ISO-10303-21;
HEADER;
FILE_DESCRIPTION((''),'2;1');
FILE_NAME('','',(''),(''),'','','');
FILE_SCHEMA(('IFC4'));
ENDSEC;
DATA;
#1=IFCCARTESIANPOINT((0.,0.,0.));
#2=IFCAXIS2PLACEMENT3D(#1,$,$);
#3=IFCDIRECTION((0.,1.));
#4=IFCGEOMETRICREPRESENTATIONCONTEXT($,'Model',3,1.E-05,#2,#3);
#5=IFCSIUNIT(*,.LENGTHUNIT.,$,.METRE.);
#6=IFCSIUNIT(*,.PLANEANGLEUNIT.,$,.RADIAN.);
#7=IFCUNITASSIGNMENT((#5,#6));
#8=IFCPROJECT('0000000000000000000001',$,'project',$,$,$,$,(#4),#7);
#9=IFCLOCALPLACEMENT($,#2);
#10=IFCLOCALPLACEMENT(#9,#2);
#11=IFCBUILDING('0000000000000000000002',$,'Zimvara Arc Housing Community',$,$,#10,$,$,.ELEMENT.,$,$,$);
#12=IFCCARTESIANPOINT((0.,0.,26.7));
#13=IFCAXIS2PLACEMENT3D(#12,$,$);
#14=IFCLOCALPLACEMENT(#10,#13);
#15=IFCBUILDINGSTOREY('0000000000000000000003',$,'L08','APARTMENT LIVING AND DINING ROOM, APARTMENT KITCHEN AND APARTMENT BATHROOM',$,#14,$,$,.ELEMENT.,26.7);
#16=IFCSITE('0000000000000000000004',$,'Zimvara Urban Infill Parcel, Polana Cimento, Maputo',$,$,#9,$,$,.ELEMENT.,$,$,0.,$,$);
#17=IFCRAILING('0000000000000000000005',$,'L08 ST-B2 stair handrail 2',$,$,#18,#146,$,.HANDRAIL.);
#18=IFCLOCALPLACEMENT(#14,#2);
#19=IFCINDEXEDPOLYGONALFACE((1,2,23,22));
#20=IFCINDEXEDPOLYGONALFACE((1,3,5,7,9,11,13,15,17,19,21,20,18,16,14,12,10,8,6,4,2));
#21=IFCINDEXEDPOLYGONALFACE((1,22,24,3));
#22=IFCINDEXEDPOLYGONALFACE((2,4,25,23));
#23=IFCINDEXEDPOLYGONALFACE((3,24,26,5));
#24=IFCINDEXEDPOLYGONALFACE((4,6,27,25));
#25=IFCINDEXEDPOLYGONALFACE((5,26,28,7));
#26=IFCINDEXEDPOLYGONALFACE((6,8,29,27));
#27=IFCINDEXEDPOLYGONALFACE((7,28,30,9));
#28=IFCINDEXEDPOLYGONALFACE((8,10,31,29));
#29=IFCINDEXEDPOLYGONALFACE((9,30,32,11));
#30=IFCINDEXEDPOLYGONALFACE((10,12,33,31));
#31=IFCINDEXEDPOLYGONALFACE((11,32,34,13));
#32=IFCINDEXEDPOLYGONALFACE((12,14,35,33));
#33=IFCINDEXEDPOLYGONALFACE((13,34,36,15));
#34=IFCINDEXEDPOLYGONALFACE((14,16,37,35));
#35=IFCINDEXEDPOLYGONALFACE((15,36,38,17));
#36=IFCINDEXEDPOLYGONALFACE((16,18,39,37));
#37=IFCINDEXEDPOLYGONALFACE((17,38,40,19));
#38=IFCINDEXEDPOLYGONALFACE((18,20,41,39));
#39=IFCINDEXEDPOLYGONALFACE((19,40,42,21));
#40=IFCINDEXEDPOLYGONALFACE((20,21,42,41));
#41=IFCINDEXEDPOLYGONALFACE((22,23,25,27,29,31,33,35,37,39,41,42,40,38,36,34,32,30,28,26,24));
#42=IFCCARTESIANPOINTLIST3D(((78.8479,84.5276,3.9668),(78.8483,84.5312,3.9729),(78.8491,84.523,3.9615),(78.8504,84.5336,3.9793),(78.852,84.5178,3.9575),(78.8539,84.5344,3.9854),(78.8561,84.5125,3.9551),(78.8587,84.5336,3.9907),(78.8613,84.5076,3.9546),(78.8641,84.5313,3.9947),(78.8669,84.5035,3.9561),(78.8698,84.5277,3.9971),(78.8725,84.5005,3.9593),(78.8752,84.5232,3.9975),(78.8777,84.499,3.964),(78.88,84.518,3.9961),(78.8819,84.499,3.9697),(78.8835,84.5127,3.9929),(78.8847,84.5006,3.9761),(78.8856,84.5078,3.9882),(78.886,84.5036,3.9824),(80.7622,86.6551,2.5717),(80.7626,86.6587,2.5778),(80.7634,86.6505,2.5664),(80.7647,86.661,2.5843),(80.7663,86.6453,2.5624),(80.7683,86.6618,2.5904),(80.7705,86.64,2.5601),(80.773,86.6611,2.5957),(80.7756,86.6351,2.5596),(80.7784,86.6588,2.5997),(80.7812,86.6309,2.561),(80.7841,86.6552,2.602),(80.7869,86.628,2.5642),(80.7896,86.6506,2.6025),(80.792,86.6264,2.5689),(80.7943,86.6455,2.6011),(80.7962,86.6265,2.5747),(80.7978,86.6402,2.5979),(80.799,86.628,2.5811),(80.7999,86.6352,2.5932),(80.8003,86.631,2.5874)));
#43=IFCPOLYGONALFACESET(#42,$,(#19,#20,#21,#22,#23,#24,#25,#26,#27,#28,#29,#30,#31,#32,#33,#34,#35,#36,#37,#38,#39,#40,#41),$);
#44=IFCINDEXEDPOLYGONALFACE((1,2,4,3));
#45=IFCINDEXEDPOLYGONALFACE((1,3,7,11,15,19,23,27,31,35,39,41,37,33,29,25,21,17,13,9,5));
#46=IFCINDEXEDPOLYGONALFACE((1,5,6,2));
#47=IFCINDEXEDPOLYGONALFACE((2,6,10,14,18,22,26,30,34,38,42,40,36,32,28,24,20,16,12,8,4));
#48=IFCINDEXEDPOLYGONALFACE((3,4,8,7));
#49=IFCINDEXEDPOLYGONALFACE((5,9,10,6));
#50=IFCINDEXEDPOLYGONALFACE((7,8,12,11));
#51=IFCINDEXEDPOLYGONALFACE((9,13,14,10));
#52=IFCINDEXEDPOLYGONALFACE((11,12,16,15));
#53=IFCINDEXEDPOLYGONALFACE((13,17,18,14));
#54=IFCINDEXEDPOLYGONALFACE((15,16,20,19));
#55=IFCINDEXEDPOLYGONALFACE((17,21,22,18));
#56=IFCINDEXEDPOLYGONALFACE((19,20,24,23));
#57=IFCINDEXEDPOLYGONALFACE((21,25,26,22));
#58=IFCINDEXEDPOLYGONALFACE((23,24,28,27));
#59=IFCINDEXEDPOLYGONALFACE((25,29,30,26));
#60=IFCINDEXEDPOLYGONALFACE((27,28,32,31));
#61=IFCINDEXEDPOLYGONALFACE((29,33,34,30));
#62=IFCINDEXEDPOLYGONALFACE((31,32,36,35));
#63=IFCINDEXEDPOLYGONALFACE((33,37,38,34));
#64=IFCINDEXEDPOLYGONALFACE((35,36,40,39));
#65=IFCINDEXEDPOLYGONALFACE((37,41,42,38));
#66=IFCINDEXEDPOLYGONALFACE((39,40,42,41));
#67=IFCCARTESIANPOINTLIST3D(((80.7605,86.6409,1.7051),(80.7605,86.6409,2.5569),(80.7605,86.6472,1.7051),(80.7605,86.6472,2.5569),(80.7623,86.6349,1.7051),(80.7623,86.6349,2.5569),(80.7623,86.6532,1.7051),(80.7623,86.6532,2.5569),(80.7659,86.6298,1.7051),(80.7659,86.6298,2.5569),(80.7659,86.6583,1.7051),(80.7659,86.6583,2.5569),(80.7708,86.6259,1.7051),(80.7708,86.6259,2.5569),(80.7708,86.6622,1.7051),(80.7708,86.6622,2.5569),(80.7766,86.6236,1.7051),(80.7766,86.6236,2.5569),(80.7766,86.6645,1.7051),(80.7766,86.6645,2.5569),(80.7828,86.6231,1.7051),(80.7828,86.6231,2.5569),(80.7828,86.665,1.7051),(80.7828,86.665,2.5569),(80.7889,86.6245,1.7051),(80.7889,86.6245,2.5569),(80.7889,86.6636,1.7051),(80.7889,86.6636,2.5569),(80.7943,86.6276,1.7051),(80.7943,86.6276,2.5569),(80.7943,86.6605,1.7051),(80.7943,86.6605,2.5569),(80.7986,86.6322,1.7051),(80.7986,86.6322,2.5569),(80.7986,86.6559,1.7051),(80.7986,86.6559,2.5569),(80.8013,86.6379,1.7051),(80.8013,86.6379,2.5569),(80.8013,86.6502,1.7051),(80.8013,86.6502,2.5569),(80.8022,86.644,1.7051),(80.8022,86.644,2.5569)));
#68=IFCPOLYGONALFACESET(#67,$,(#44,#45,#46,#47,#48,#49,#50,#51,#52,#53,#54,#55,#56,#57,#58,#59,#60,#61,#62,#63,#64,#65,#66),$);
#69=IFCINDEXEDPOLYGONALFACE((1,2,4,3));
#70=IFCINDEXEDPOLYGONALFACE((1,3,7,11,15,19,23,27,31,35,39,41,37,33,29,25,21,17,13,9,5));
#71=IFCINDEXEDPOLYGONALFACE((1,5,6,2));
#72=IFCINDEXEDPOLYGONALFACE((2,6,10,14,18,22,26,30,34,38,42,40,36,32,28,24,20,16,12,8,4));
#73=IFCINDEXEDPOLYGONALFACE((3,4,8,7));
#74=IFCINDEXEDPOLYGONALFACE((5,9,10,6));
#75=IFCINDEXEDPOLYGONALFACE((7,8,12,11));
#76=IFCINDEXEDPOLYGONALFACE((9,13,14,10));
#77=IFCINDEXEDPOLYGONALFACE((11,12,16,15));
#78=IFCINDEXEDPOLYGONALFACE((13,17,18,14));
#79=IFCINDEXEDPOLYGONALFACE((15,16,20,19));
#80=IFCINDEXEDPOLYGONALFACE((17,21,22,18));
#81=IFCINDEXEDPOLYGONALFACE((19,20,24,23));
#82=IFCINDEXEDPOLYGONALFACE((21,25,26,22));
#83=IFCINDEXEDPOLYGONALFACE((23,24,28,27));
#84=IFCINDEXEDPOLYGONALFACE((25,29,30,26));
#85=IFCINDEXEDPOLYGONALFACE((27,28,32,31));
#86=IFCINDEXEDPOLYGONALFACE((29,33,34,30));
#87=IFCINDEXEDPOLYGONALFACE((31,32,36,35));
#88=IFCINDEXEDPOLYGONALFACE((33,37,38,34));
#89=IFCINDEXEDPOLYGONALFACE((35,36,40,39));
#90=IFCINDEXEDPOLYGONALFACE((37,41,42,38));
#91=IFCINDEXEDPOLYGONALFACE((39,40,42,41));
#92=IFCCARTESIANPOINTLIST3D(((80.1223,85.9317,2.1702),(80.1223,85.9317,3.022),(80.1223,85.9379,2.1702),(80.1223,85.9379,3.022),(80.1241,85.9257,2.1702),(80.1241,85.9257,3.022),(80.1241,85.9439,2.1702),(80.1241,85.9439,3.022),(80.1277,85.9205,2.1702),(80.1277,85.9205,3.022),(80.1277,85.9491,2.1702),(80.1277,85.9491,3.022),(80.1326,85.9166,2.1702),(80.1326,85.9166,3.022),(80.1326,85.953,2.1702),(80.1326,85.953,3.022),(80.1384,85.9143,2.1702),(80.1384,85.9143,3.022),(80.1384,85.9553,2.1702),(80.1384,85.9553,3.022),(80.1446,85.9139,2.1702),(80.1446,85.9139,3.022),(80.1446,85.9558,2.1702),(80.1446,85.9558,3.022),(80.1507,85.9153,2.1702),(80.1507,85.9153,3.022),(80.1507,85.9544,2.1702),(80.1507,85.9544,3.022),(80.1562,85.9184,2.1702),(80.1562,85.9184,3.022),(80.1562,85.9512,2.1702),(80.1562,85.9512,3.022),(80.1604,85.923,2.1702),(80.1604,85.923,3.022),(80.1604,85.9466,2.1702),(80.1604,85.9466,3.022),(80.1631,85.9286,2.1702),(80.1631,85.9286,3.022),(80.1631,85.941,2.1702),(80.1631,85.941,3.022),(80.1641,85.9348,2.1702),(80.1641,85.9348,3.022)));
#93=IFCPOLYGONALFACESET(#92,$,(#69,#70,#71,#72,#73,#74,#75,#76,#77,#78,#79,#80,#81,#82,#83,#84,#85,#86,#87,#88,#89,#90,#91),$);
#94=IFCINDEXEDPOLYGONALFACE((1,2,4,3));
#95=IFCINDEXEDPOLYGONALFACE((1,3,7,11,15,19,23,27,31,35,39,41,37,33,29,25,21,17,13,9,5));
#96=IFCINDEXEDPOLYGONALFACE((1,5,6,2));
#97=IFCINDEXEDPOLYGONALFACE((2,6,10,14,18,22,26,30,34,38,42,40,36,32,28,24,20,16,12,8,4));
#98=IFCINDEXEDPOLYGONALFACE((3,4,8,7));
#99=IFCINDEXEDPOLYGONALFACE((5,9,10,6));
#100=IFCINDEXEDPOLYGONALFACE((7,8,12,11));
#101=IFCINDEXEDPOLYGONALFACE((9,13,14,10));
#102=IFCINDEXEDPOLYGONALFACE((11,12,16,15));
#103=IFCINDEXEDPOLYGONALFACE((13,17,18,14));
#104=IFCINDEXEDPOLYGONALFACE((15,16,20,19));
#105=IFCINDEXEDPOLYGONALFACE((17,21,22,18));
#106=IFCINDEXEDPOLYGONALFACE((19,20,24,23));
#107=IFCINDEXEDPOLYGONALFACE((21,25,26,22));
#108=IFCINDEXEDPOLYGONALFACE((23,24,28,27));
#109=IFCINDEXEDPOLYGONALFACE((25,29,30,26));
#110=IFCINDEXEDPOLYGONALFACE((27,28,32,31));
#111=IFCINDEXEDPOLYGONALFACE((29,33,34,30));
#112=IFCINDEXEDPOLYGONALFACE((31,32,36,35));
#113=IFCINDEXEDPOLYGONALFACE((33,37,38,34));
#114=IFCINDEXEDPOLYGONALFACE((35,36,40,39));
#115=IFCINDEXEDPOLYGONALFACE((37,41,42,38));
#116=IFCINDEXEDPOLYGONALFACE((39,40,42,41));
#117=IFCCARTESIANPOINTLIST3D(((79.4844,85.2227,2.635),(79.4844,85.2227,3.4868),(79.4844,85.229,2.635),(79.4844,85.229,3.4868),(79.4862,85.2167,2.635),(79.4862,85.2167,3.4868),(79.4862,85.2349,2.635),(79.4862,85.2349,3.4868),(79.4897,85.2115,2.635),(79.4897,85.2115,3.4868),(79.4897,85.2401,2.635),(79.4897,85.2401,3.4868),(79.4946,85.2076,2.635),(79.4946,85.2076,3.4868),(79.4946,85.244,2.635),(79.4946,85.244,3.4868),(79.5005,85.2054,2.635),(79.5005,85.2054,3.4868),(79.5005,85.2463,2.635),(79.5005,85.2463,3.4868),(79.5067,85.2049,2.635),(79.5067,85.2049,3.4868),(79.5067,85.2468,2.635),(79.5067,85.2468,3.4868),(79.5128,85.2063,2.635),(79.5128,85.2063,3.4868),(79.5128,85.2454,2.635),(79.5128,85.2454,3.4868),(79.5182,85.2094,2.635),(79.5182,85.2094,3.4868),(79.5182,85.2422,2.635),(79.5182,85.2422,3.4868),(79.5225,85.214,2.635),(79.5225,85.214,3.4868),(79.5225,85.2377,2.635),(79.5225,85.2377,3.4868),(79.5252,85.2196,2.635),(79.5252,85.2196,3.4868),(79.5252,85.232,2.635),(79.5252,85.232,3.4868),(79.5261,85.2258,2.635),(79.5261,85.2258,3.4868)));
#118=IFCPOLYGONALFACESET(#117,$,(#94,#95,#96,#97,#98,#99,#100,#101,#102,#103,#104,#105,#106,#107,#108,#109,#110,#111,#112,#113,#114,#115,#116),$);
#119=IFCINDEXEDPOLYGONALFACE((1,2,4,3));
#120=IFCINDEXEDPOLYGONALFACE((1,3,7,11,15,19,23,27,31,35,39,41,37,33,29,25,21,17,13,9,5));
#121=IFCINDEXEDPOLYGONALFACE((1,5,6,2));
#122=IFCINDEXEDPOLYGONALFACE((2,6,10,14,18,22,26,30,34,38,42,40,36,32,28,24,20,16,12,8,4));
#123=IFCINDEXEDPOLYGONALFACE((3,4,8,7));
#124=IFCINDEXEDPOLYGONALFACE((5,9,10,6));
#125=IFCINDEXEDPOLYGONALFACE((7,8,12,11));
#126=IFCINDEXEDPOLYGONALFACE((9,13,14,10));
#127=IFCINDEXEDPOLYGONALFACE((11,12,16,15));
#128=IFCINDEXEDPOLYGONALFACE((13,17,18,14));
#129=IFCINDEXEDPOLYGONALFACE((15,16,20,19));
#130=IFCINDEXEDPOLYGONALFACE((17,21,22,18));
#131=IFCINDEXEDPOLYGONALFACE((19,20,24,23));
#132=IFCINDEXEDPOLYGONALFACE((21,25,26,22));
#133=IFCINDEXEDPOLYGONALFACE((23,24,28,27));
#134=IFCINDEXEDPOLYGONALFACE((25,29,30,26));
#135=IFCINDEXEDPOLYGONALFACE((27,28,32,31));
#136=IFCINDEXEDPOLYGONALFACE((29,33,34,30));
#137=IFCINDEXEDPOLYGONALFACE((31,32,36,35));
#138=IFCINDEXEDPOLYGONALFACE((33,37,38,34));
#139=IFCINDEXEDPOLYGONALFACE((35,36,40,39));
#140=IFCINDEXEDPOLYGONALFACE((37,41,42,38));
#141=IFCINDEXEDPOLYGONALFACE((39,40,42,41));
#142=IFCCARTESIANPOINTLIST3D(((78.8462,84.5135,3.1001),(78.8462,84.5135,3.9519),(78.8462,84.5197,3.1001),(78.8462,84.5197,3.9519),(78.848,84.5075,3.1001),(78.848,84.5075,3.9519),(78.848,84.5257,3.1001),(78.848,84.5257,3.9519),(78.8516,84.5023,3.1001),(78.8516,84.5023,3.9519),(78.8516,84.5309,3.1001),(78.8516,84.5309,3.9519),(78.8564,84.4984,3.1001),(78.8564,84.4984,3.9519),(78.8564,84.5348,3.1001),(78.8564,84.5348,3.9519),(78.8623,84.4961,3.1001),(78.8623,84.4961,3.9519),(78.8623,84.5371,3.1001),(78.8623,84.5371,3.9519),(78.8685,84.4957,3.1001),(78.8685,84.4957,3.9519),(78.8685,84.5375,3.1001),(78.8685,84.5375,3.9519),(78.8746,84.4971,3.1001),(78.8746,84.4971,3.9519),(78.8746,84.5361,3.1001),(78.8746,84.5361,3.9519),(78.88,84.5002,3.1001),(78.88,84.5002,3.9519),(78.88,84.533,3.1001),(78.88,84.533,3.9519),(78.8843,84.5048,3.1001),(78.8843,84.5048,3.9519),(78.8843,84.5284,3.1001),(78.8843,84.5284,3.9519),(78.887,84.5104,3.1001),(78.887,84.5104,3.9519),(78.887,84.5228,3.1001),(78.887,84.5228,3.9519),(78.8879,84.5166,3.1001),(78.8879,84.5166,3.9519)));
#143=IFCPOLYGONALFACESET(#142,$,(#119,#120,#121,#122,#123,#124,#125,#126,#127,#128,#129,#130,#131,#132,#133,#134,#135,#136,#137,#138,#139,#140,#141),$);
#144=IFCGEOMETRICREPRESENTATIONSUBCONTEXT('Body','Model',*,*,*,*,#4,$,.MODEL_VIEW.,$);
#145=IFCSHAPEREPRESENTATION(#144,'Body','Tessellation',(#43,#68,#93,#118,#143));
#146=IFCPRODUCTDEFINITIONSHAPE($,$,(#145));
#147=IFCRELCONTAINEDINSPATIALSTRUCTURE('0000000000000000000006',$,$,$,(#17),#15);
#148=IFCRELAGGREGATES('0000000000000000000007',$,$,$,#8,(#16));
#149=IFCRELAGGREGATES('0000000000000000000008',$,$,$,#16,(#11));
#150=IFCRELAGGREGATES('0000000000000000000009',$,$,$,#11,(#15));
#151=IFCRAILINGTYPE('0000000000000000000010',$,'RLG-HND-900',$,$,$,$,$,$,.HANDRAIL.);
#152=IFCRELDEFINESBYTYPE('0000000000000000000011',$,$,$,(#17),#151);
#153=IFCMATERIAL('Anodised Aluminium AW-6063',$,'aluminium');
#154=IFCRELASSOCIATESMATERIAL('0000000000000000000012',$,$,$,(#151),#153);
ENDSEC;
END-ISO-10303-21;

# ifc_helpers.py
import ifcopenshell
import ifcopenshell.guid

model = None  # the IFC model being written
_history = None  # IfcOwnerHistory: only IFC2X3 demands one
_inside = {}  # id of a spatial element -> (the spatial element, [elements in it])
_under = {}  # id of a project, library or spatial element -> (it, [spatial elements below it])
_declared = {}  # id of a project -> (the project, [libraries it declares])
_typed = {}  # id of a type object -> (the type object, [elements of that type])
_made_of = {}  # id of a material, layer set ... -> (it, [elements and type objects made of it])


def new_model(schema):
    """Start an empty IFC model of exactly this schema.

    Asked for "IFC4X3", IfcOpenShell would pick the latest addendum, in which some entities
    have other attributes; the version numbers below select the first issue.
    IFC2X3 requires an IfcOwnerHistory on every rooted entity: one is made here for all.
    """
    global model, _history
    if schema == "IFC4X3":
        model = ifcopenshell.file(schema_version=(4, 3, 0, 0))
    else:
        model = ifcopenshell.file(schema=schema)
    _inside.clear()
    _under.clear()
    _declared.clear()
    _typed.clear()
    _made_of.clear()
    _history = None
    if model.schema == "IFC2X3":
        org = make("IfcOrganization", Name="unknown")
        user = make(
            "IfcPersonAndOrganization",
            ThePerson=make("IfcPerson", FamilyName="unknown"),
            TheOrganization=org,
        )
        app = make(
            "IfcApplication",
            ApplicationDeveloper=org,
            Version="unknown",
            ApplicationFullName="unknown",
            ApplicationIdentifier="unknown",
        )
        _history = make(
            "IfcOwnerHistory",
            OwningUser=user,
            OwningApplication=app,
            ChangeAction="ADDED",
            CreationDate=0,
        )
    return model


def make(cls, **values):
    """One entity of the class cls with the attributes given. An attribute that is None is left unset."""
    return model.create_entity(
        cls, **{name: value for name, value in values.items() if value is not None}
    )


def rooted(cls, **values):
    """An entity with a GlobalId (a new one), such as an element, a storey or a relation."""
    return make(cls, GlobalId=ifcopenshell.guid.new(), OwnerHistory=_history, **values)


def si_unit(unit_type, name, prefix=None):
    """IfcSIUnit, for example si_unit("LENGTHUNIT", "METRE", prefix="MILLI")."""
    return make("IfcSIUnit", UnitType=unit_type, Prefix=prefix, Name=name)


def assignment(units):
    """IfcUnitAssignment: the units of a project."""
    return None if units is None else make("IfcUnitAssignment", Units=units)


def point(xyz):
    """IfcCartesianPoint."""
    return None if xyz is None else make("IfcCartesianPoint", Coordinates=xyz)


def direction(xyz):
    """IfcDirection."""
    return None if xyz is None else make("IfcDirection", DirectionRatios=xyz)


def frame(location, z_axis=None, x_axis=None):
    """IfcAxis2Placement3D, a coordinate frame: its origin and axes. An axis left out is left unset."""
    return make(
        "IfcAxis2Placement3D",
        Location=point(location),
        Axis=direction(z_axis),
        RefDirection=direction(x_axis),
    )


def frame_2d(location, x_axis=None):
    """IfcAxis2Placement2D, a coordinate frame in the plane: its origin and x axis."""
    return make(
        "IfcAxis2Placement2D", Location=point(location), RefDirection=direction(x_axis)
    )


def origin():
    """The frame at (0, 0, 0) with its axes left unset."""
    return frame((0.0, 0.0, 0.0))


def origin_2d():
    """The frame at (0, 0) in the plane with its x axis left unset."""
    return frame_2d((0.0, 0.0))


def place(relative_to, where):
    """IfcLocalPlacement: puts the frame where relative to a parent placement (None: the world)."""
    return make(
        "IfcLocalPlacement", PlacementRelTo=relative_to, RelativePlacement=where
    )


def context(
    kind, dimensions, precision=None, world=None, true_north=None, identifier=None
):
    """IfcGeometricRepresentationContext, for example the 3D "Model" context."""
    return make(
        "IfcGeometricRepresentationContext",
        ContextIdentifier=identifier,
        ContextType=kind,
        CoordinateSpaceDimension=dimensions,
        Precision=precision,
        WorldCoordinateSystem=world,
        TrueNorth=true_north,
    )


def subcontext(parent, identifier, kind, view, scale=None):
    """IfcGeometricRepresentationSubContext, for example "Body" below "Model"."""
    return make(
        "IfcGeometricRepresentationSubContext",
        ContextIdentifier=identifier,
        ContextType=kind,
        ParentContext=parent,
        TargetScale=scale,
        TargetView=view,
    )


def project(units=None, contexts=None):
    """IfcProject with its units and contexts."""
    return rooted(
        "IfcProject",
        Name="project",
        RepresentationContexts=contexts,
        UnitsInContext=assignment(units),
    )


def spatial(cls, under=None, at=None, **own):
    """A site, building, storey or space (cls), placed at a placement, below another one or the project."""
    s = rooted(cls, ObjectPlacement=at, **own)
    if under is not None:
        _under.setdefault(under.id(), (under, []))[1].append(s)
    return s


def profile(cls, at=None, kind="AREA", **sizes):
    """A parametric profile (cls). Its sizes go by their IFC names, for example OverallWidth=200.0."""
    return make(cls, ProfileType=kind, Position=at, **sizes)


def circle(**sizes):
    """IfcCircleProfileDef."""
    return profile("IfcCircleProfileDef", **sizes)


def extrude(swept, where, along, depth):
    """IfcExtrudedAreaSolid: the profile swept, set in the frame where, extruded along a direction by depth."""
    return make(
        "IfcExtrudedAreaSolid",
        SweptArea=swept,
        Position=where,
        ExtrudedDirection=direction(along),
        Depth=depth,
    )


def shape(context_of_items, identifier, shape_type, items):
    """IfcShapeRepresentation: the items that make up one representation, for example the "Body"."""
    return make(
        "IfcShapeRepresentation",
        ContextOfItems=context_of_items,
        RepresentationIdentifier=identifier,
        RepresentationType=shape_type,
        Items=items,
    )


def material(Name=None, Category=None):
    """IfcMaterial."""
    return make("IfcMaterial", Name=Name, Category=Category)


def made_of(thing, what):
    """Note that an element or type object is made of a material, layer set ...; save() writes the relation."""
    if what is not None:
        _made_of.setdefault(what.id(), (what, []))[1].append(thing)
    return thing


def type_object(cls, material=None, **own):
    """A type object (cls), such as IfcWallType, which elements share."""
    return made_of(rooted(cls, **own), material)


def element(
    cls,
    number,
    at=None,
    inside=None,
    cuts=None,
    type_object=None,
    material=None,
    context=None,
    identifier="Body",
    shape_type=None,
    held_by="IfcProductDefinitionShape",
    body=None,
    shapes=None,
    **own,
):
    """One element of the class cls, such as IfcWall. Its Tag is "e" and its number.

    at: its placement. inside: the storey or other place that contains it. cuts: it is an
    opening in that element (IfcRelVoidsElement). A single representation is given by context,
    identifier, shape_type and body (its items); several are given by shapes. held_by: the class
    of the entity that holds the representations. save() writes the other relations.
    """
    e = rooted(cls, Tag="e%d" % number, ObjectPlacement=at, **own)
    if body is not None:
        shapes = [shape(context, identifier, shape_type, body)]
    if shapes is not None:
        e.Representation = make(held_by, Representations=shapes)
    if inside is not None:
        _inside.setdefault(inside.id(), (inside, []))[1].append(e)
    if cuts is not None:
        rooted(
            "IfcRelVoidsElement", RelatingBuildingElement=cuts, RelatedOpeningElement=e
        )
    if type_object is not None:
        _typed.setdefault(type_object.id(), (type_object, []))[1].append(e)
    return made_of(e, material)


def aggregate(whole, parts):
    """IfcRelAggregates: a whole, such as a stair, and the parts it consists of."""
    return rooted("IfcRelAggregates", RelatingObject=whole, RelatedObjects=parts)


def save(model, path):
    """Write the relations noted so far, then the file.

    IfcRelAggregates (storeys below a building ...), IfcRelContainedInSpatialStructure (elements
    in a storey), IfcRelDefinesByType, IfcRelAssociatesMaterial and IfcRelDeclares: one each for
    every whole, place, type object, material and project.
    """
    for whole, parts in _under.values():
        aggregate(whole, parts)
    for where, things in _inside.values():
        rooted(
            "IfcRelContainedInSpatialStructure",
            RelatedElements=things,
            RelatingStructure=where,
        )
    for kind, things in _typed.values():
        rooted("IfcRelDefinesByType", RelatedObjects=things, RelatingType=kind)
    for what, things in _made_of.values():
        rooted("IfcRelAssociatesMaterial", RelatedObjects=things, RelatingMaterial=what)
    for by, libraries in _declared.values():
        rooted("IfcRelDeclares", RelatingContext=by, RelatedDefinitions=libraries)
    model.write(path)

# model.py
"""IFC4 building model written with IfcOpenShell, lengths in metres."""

from ifc_helpers import new_model, si_unit, direction, frame, origin, origin_2d, place, context, subcontext, project, spatial, circle, extrude, material, type_object, element, save


model = new_model("IFC4")

# Units and contexts
model_context = context("Model", 3, precision=1e-05, world=origin(), true_north=direction((0.0, 1.0)))
body_context = subcontext(model_context, "Body", "Model", "MODEL_VIEW")
ifc_project = project(units=[si_unit("LENGTHUNIT", "METRE"), si_unit("PLANEANGLEUNIT", "RADIAN")], contexts=[model_context])

# Site, building, storey
site_placement = place(None, origin())
site = spatial("IfcSite", under=ifc_project, at=site_placement, Name="Zimvara Urban Infill Parcel, Polana Cimento, Maputo", CompositionType="ELEMENT", RefElevation=0.0)
building_placement = place(site_placement, origin())
building = spatial("IfcBuilding", under=site, at=building_placement, Name="Zimvara Arc Housing Community", CompositionType="ELEMENT")
storey_placement = place(building_placement, frame((0.0, 0.0, 26.7)))
storey = spatial("IfcBuildingStorey", under=building, at=storey_placement, Name="L08", Description="APARTMENT LIVING AND DINING ROOM, APARTMENT KITCHEN AND APARTMENT BATHROOM", CompositionType="ELEMENT", Elevation=26.7)

# Railing
ifc_material_1 = material(Name="Anodised Aluminium AW-6063", Category="aluminium")
railing_type_1 = type_object("IfcRailingType", Name="RLG-HND-900", PredefinedType="HANDRAIL", material=ifc_material_1)
railing_1_placement = place(storey_placement, frame((80.7812, 86.644, 1.7051)))
element("IfcRailing", 1, at=railing_1_placement, inside=storey, type_object=railing_type_1, Name="L08 ST-B2 stair handrail 2", PredefinedType="HANDRAIL", context=body_context, shape_type="SweptSolid", body=[
    extrude(circle(Radius=0.0239, at=origin_2d()), frame((0.0, 0.0, 0.876), z_axis=(-0.601263, -0.668206, 0.43816), x_axis=(0.743362, -0.668889, 0.0)), (0.0, 0.0, 1.0), 3.1838),
    extrude(circle(Radius=0.021, at=origin_2d()), origin(), (0.0, 0.0, 1.0), 0.8518),
    extrude(circle(Radius=0.021, at=origin_2d()), frame((-0.6382, -0.7092, 0.4651)), (0.0, 0.0, 1.0), 0.8518),
    extrude(circle(Radius=0.021, at=origin_2d()), frame((-1.2761, -1.4182, 0.9299)), (0.0, 0.0, 1.0), 0.8518),
    extrude(circle(Radius=0.021, at=origin_2d()), frame((-1.9143, -2.1274, 1.395)), (0.0, 0.0, 1.0), 0.8518),
])

save(model, "model.ifc")
